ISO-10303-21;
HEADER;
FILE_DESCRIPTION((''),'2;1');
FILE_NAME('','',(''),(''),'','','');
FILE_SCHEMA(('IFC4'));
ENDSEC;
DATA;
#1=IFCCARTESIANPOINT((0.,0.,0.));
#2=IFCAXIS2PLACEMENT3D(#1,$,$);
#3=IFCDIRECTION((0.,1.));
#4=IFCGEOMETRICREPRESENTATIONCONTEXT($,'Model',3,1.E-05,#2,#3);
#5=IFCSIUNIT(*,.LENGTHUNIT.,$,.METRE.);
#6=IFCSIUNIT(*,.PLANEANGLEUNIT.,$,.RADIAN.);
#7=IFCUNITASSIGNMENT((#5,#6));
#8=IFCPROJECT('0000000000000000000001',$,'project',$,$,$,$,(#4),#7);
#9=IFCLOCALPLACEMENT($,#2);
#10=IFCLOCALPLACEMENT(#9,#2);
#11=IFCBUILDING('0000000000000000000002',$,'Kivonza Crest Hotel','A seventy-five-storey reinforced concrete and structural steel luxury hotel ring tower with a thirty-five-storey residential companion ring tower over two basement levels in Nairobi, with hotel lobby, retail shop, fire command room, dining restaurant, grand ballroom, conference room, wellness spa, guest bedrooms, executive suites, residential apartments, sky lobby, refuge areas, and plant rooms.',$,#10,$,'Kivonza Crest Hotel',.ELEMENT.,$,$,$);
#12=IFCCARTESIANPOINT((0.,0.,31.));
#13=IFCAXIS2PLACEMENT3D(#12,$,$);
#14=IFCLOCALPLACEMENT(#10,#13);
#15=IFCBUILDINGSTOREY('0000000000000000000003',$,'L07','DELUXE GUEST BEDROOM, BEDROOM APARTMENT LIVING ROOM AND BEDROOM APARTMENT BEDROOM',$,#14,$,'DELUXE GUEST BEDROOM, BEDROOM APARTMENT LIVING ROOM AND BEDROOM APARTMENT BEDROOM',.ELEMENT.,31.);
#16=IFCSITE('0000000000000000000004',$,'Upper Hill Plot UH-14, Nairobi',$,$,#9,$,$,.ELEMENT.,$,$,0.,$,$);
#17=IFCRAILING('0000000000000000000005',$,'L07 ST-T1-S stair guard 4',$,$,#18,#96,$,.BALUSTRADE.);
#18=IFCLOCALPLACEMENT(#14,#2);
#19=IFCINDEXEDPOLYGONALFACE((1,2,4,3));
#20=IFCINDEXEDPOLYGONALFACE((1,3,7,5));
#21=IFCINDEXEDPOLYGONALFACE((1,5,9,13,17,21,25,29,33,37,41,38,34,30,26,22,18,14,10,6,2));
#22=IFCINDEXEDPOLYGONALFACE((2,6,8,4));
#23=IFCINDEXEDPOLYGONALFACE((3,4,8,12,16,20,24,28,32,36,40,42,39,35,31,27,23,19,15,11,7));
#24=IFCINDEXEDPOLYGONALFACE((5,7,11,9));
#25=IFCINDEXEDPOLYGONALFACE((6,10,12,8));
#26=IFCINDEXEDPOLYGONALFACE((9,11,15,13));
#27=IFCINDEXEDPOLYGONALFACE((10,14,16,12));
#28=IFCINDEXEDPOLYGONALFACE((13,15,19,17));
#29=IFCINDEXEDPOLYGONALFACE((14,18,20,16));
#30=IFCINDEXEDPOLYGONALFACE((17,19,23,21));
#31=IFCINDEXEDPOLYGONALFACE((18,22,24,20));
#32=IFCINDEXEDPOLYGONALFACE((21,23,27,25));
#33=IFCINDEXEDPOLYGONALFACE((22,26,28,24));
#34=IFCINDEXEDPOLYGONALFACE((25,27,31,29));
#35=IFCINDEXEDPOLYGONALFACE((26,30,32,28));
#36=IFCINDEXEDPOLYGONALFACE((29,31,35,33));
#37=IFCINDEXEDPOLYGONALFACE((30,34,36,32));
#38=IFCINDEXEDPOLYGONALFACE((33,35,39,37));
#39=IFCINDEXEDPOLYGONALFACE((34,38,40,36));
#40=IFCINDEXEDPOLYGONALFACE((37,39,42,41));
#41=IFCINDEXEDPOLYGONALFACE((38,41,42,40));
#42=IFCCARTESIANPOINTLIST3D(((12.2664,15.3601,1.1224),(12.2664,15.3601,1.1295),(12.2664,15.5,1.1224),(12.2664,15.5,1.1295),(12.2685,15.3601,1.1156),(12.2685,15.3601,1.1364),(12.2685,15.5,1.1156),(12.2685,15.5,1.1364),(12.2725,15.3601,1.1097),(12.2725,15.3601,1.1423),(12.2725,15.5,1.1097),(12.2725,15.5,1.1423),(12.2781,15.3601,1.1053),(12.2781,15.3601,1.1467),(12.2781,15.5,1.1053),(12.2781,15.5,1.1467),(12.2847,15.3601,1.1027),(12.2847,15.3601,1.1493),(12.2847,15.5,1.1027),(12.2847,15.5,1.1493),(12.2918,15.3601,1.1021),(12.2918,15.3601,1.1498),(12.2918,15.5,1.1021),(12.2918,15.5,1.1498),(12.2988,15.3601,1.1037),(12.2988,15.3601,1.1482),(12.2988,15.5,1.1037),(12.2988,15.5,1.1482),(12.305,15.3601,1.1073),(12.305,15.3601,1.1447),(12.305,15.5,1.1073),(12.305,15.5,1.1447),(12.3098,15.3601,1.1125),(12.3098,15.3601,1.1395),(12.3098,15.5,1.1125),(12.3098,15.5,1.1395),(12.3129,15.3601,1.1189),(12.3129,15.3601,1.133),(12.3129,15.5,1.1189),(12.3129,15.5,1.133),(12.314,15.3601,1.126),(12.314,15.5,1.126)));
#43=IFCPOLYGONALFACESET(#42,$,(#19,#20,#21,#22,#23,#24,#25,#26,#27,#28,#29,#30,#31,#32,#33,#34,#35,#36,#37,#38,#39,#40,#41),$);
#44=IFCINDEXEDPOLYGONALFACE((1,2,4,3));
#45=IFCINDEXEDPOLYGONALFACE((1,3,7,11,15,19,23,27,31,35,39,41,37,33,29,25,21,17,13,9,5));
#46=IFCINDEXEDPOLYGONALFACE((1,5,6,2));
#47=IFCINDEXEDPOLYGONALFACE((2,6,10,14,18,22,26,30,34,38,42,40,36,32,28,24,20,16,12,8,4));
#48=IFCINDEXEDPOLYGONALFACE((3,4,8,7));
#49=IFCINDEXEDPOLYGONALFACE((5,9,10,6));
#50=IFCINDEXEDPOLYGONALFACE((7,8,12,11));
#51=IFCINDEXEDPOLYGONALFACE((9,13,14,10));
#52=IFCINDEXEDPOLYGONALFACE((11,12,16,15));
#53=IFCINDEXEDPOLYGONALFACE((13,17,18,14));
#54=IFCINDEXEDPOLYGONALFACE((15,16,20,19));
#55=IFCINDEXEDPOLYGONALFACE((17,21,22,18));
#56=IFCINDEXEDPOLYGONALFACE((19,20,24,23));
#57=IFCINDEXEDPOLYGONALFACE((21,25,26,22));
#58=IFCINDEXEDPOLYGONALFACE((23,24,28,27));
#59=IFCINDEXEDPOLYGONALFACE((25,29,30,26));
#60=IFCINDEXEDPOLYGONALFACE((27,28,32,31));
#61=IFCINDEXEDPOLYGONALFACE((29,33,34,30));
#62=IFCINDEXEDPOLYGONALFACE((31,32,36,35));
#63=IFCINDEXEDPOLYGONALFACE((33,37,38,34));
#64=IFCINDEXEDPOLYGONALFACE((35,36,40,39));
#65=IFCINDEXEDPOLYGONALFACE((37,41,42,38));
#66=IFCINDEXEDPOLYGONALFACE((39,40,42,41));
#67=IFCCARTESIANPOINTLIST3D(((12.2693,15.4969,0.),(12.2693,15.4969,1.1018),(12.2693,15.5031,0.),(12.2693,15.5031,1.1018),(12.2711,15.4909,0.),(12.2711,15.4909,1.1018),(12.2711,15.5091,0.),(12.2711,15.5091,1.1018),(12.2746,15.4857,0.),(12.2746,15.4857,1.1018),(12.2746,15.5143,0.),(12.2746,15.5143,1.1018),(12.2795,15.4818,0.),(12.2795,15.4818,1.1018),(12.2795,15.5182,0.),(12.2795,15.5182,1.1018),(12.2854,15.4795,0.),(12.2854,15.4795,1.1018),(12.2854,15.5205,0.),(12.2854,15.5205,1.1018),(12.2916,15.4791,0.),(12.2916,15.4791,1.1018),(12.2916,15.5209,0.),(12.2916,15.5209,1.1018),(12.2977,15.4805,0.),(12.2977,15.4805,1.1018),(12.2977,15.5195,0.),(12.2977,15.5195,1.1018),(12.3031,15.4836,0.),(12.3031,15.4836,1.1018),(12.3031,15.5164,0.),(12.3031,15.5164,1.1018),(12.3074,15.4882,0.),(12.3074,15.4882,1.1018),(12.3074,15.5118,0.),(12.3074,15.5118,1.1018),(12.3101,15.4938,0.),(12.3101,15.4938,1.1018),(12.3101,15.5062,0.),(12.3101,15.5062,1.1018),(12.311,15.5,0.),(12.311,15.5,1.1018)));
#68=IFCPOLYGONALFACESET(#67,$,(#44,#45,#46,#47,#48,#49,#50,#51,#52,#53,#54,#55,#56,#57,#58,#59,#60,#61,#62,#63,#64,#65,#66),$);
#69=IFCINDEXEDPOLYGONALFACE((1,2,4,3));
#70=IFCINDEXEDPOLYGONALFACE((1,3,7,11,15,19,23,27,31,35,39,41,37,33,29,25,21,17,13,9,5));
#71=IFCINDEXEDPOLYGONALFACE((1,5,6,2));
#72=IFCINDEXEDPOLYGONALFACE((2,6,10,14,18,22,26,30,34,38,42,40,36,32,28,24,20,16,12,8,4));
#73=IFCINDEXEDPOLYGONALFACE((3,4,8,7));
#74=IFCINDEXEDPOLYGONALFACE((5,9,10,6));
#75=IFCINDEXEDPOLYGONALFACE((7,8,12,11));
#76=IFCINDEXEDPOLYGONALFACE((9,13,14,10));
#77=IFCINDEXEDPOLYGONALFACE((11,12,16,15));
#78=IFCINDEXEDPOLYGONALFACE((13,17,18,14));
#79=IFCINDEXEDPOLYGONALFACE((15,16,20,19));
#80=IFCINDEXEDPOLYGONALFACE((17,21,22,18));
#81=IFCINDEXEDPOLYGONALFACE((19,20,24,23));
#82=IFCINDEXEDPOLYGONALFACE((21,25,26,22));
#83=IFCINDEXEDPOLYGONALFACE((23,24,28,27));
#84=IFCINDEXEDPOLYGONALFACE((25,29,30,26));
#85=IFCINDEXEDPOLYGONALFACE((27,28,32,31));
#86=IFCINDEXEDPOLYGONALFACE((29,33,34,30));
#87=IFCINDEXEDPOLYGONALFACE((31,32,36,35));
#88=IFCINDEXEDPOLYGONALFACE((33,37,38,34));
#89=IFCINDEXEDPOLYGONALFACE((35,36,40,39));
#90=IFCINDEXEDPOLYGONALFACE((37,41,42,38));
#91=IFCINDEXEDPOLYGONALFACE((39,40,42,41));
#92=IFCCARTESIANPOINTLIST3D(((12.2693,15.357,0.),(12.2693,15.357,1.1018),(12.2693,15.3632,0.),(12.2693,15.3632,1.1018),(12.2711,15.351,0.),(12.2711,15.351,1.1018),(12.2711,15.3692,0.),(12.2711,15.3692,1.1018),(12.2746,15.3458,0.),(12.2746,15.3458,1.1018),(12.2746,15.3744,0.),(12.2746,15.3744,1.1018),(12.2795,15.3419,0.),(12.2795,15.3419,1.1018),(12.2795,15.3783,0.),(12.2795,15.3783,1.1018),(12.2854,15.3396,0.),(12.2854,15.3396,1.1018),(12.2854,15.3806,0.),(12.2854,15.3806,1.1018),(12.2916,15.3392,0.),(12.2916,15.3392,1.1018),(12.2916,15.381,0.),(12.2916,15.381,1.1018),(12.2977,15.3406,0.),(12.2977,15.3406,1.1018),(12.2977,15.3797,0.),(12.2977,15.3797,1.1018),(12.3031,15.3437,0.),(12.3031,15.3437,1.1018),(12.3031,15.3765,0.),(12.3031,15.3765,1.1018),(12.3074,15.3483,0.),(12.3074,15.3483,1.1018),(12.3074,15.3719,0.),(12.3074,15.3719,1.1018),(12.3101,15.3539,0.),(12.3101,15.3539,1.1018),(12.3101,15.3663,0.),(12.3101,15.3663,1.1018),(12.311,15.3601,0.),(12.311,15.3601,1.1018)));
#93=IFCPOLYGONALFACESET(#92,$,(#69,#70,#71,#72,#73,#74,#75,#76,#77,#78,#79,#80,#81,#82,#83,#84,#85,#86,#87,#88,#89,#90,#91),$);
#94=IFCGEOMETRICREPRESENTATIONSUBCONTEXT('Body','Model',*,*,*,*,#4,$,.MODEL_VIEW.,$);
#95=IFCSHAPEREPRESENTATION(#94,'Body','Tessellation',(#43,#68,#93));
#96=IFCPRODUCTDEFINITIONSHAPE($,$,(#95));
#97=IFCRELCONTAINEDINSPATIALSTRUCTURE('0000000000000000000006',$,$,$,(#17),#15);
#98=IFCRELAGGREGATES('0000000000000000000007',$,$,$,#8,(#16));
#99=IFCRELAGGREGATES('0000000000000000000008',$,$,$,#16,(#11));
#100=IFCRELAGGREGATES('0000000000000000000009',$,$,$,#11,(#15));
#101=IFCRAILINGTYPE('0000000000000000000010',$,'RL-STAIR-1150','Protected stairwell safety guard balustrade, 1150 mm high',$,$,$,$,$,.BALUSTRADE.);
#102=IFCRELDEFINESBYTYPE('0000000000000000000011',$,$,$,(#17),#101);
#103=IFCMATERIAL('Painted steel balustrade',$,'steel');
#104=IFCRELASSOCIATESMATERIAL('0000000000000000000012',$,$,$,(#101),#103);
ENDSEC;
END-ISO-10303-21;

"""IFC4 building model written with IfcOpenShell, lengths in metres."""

from ifc_helpers import new_model, si_unit, direction, frame, origin, origin_2d, place, context, subcontext, project, spatial, circle, extrude, material, type_object, element, save


model = new_model("IFC4")

# Units and contexts
model_context = context("Model", 3, precision=1e-05, world=origin(), true_north=direction((0.0, 1.0)))
body_context = subcontext(model_context, "Body", "Model", "MODEL_VIEW")
ifc_project = project(units=[si_unit("LENGTHUNIT", "METRE"), si_unit("PLANEANGLEUNIT", "RADIAN")], contexts=[model_context])

# Site, building, storey
site_placement = place(None, origin())
site = spatial("IfcSite", under=ifc_project, at=site_placement, Name="Upper Hill Plot UH-14, Nairobi", CompositionType="ELEMENT", RefElevation=0.0)
building_placement = place(site_placement, origin())
building = spatial("IfcBuilding", under=site, at=building_placement, Name="Kivonza Crest Hotel", Description="A seventy-five-storey reinforced concrete and structural steel luxury hotel ring tower with a thirty-five-storey residential companion ring tower over two basement levels in Nairobi, with hotel lobby, retail shop, fire command room, dining restaurant, grand ballroom, conference room, wellness spa, guest bedrooms, executive suites, residential apartments, sky lobby, refuge areas, and plant rooms.", LongName="Kivonza Crest Hotel", CompositionType="ELEMENT")
storey_placement = place(building_placement, frame((0.0, 0.0, 31.0)))
storey = spatial("IfcBuildingStorey", under=building, at=storey_placement, Name="L07", Description="DELUXE GUEST BEDROOM, BEDROOM APARTMENT LIVING ROOM AND BEDROOM APARTMENT BEDROOM", LongName="DELUXE GUEST BEDROOM, BEDROOM APARTMENT LIVING ROOM AND BEDROOM APARTMENT BEDROOM", CompositionType="ELEMENT", Elevation=31.0)

# Railing
ifc_material_1 = material(Name="Painted steel balustrade", Category="steel")
railing_type_1 = type_object("IfcRailingType", Name="RL-STAIR-1150", Description="Protected stairwell safety guard balustrade, 1150 mm high", PredefinedType="BALUSTRADE", material=ifc_material_1)
railing_1_placement = place(storey_placement, frame((12.29, 15.5, 0.0)))
element("IfcRailing", 1, at=railing_1_placement, inside=storey, type_object=railing_type_1, Name="L07 ST-T1-S stair guard 4", PredefinedType="BALUSTRADE", context=body_context, shape_type="SweptSolid", body=[
    extrude(circle(Radius=0.0239, at=origin_2d()), frame((0.0, 0.0, 1.126), z_axis=(0.0, -1.0, 0.0), x_axis=(1.0, 0.0, 0.0)), (0.0, 0.0, 1.0), 0.1399),
    extrude(circle(Radius=0.021, at=origin_2d()), origin(), (0.0, 0.0, 1.0), 1.1018),
    extrude(circle(Radius=0.021, at=origin_2d()), frame((0.0, -0.1399, 0.0)), (0.0, 0.0, 1.0), 1.1018),
])

save(model, "model.ifc")
